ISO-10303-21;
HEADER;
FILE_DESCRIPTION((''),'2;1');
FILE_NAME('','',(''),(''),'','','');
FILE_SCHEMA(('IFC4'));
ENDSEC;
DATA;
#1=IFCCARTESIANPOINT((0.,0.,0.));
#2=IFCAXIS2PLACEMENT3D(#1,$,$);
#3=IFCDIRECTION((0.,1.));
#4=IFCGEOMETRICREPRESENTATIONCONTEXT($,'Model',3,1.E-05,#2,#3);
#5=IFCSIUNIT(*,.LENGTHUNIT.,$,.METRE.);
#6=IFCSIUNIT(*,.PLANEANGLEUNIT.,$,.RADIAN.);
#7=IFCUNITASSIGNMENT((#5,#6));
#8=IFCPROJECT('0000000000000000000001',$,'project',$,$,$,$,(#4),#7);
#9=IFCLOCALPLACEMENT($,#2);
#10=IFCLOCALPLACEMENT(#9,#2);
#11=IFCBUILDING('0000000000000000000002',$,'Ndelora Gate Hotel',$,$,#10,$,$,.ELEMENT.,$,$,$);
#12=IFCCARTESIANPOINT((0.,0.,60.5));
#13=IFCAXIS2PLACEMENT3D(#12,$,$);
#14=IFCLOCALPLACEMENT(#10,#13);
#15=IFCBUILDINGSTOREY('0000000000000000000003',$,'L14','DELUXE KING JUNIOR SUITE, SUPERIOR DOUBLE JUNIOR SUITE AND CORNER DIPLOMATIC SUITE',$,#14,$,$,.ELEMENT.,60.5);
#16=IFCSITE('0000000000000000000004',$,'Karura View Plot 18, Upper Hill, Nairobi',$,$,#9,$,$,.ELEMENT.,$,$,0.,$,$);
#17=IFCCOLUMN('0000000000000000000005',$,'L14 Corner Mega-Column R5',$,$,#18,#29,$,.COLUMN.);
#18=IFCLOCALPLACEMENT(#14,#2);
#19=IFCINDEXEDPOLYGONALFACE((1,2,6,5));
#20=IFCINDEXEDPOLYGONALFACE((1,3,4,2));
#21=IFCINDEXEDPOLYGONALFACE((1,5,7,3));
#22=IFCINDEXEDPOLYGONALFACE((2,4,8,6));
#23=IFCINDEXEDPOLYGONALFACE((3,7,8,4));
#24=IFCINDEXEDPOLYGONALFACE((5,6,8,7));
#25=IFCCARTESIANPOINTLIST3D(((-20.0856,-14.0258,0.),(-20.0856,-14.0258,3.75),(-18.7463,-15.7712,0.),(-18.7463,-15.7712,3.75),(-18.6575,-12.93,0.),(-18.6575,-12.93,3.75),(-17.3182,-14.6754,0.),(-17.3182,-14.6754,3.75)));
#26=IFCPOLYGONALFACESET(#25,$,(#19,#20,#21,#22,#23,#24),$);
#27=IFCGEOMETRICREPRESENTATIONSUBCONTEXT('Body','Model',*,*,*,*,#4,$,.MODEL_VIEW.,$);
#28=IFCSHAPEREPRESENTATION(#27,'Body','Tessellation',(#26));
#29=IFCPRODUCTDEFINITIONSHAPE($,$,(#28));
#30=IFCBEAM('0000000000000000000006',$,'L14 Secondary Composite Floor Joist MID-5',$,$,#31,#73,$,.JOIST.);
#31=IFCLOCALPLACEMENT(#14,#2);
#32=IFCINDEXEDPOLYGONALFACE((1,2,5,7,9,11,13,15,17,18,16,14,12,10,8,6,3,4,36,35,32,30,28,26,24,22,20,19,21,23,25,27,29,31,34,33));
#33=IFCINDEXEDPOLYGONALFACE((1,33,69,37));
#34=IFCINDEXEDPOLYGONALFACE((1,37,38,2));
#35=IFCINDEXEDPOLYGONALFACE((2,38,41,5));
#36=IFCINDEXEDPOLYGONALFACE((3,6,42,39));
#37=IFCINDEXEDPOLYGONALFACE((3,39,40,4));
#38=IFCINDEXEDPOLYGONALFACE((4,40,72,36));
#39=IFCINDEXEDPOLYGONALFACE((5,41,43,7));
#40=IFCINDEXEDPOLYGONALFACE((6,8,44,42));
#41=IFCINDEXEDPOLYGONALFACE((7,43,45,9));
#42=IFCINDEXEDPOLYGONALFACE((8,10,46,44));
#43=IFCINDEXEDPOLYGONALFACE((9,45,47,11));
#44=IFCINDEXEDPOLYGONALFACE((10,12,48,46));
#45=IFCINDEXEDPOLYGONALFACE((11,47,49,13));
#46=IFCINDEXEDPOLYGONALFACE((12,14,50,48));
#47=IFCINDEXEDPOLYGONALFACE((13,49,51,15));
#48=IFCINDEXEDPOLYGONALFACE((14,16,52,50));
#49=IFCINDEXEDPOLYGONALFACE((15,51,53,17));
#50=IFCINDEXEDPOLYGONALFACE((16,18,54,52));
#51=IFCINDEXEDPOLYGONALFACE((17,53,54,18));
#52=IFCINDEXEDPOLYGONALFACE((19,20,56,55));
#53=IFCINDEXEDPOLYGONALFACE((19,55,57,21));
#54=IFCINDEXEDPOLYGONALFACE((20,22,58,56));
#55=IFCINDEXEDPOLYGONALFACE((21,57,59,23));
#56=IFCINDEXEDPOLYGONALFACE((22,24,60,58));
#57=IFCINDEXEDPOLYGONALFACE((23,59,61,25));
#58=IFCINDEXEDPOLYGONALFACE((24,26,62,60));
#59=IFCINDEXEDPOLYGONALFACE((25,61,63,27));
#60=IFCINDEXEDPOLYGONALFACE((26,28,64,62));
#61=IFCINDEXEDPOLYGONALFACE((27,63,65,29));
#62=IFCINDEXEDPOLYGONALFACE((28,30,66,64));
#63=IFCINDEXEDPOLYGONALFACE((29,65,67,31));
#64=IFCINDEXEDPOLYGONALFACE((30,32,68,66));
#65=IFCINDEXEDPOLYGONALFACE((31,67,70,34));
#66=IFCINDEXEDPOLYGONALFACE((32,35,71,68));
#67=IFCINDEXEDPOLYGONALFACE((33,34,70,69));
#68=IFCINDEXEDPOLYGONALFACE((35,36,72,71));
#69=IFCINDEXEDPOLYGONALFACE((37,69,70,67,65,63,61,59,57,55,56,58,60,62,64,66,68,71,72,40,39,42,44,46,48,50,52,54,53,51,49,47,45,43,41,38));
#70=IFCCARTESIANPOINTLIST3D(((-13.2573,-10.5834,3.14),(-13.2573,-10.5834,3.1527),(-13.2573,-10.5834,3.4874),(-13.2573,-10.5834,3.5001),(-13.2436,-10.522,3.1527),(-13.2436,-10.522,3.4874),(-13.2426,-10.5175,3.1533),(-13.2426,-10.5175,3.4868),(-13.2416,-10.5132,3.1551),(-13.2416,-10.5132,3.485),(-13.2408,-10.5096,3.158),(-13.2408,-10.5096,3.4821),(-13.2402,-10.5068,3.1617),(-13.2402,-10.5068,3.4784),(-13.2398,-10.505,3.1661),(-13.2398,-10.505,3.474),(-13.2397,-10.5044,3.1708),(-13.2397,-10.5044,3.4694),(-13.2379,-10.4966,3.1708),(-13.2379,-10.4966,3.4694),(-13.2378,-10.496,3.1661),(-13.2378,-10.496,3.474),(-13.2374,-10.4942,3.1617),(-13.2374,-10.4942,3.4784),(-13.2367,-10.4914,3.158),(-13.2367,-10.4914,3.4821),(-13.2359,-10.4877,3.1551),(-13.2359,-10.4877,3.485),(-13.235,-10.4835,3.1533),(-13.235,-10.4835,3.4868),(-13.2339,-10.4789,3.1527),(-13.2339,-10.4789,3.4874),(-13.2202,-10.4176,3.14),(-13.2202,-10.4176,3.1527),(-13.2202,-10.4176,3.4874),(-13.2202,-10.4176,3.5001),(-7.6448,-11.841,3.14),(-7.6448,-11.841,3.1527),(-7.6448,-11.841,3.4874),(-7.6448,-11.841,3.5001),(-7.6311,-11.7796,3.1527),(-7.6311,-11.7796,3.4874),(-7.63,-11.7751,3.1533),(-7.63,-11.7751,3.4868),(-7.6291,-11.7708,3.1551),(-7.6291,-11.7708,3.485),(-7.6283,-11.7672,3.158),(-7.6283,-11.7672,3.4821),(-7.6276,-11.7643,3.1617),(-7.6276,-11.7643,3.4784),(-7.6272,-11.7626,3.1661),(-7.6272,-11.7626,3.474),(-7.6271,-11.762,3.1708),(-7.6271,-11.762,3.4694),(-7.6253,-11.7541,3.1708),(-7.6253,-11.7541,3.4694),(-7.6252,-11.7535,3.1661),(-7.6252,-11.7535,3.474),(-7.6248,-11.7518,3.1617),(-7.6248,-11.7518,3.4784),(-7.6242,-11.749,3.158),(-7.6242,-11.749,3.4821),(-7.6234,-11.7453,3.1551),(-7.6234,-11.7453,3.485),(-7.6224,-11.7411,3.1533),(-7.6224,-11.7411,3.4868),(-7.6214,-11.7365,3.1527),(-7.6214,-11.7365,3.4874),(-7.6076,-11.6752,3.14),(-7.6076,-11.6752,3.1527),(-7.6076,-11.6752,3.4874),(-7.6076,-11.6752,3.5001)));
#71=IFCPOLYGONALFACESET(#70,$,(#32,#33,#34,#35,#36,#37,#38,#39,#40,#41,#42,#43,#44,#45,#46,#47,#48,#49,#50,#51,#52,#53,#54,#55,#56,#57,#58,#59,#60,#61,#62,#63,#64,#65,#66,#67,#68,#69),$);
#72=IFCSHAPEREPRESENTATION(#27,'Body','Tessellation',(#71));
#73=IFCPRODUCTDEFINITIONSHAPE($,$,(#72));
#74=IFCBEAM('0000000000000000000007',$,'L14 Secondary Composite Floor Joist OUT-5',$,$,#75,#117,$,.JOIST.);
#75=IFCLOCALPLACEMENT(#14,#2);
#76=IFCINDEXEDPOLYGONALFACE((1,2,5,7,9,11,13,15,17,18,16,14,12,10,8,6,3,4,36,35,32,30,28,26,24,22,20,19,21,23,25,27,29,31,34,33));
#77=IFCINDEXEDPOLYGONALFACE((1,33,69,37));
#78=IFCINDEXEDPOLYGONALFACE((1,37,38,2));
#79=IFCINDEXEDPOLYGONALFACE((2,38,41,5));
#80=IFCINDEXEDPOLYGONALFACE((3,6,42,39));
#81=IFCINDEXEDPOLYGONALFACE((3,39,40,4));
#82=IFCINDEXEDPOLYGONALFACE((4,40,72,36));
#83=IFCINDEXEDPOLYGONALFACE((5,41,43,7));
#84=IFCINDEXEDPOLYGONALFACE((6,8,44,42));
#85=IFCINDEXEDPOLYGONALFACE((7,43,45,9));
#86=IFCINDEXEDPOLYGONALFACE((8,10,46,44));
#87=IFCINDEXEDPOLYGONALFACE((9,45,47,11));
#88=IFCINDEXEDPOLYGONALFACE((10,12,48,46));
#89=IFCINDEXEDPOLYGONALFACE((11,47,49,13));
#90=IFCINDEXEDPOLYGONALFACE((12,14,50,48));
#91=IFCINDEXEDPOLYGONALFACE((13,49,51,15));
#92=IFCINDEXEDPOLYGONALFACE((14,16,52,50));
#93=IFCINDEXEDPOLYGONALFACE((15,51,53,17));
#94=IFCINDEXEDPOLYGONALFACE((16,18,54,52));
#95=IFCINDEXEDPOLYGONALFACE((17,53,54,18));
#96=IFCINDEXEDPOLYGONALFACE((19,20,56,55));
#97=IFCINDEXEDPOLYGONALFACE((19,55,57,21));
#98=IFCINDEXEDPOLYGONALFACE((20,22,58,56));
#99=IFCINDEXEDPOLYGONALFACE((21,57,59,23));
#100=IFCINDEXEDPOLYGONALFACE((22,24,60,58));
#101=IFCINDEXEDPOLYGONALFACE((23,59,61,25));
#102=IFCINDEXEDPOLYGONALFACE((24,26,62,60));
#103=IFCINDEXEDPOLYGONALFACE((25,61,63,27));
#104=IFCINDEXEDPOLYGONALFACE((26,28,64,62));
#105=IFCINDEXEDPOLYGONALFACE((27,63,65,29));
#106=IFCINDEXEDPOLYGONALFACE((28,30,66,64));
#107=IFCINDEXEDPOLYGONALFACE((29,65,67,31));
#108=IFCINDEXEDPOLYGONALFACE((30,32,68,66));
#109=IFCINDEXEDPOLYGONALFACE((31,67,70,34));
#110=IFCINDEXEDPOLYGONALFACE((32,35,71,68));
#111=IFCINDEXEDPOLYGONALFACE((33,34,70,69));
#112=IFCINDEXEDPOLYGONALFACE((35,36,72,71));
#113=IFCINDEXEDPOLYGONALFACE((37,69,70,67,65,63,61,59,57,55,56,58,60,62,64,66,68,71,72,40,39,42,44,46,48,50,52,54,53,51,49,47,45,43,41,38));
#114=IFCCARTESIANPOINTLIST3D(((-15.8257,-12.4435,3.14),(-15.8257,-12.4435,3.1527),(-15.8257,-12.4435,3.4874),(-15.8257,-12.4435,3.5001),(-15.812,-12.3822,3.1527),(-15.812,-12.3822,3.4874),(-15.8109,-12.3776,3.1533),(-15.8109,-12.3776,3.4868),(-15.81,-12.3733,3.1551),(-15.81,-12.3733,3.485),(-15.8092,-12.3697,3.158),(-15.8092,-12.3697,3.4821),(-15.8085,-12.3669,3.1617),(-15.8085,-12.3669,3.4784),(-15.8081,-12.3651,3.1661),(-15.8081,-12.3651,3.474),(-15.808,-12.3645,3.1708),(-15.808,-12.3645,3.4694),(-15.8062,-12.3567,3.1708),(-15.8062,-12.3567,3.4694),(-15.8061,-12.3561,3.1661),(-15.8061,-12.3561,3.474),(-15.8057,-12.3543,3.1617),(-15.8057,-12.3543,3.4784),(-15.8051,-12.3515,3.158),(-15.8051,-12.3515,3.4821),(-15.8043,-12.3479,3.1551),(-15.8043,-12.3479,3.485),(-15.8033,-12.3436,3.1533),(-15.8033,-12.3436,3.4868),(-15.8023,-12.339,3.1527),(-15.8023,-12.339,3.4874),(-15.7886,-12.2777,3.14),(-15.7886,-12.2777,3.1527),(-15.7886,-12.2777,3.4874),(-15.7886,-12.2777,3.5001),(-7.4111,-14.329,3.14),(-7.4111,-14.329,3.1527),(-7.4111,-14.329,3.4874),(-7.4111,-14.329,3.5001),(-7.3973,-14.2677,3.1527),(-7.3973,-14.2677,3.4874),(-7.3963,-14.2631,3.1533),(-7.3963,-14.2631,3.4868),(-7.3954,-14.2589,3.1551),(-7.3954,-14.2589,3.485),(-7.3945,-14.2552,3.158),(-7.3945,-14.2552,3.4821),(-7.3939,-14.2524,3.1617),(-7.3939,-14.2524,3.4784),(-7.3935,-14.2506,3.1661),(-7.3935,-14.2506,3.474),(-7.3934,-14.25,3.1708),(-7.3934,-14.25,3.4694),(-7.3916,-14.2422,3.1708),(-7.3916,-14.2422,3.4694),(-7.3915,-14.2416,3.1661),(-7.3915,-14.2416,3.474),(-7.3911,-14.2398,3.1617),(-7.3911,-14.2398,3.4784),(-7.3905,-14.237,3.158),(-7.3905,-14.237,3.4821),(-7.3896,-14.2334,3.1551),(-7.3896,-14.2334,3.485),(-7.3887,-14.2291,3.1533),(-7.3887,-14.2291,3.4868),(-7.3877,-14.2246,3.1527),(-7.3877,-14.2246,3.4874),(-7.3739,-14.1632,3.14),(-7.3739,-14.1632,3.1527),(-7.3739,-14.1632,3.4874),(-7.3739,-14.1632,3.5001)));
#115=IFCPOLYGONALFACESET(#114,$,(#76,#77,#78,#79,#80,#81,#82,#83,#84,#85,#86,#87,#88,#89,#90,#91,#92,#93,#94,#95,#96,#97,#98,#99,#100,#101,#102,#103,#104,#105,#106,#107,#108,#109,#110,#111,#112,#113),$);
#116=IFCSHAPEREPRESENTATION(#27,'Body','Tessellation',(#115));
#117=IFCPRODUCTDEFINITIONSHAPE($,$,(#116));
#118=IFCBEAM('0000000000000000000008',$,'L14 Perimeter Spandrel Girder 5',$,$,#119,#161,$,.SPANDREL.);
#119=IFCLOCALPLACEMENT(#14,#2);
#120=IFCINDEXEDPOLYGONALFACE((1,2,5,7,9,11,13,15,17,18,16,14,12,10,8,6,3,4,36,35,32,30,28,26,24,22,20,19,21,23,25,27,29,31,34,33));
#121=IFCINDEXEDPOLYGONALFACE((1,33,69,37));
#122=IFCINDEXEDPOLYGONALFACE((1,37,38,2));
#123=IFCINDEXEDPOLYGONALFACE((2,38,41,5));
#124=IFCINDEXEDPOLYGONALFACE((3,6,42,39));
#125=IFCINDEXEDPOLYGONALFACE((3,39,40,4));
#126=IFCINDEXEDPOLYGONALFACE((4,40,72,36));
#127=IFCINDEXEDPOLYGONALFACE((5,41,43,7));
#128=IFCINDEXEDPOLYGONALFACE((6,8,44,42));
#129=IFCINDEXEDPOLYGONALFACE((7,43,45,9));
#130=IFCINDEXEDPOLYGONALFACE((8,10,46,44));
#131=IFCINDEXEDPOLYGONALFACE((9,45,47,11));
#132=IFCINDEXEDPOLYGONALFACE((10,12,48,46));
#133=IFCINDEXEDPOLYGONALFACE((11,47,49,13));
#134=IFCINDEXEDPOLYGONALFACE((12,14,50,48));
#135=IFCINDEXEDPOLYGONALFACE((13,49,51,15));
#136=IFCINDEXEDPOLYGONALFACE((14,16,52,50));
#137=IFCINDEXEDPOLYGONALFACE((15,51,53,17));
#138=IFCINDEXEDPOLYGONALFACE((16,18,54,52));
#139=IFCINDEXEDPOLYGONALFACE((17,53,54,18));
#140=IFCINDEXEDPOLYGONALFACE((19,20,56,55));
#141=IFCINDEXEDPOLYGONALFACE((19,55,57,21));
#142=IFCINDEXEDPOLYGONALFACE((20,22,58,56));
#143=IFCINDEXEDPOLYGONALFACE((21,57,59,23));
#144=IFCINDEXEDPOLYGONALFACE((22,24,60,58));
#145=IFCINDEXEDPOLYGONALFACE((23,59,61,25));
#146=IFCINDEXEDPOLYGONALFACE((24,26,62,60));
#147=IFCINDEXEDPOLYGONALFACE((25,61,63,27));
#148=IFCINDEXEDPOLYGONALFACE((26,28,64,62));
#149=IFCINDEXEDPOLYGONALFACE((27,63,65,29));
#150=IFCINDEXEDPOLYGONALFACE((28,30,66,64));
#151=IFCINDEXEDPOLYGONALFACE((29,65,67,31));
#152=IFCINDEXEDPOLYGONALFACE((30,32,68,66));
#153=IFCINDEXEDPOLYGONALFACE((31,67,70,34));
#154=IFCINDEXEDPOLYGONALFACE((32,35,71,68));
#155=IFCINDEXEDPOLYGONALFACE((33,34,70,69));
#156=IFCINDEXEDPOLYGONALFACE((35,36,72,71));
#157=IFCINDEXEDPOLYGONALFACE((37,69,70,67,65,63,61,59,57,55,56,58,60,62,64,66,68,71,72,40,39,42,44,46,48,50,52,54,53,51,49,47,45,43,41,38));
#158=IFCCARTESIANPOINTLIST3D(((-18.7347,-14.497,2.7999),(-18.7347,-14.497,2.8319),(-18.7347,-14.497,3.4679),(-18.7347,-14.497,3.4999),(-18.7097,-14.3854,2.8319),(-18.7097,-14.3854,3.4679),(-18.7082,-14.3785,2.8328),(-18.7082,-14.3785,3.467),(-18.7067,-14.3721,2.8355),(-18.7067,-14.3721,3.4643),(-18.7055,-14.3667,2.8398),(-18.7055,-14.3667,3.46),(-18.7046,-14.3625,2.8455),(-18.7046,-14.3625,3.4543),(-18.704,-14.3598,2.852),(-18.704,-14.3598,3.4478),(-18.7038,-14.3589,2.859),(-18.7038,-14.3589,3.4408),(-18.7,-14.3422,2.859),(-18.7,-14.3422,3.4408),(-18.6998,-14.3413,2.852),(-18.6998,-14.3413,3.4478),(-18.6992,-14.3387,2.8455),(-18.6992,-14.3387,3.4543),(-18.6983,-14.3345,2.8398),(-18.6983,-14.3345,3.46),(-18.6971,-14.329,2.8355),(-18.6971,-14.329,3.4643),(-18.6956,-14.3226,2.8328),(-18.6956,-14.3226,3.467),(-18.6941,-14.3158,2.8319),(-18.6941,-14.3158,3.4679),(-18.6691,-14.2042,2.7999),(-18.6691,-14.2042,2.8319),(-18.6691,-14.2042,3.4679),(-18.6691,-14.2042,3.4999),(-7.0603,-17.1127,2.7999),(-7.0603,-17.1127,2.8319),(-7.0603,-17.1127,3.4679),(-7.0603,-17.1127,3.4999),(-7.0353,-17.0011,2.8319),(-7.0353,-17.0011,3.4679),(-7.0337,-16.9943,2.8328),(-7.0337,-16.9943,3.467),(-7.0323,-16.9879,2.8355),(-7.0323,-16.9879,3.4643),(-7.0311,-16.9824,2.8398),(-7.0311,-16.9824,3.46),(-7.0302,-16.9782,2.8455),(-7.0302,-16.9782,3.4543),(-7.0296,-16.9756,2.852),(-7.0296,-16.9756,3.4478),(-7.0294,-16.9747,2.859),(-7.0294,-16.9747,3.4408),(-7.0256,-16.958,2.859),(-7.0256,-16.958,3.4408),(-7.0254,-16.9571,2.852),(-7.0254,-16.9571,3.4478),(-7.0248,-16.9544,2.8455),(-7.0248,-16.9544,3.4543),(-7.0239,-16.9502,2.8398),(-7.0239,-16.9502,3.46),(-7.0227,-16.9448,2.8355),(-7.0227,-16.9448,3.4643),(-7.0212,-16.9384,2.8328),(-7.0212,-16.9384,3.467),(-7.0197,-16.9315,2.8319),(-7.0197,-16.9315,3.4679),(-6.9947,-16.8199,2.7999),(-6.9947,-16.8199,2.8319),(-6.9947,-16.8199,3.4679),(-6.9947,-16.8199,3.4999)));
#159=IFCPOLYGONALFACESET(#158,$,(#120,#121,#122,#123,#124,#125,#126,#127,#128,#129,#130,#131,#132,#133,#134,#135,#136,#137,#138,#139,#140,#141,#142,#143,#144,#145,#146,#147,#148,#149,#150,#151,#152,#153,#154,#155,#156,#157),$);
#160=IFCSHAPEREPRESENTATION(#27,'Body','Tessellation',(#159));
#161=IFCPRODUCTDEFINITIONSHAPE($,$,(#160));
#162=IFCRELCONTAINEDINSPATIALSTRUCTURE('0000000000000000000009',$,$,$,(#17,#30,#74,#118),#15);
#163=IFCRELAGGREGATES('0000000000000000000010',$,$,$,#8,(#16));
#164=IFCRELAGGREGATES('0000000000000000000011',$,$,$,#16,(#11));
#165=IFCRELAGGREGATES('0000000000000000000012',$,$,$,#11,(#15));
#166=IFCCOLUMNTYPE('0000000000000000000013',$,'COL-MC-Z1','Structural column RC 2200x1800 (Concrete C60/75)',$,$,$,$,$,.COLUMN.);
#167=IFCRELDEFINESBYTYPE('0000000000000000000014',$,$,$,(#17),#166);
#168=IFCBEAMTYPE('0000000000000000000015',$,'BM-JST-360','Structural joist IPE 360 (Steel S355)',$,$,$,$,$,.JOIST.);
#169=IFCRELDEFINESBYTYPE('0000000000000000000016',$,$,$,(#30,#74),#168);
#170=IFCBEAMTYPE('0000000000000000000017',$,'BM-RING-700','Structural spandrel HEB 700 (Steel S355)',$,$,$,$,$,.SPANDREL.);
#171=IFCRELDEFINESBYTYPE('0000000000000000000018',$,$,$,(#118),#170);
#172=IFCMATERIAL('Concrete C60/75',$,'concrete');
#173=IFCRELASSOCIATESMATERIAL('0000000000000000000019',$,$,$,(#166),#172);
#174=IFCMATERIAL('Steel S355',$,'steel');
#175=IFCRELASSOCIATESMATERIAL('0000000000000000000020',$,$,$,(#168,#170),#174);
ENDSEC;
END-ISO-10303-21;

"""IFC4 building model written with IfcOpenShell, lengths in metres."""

from ifc_helpers import new_model, si_unit, direction, frame, origin, origin_2d, place, context, subcontext, project, spatial, rectangle, i_section, extrude, material, material_profile, profile_set, type_object, element, save


model = new_model("IFC4")

# Units and contexts
model_context = context("Model", 3, precision=1e-05, world=origin(), true_north=direction((0.0, 1.0)))
body_context = subcontext(model_context, "Body", "Model", "MODEL_VIEW")
ifc_project = project(units=[si_unit("LENGTHUNIT", "METRE"), si_unit("PLANEANGLEUNIT", "RADIAN")], contexts=[model_context])

# Site, building, storey
site_placement = place(None, origin())
site = spatial("IfcSite", under=ifc_project, at=site_placement, Name="Karura View Plot 18, Upper Hill, Nairobi", CompositionType="ELEMENT", RefElevation=0.0)
building_placement = place(site_placement, origin())
building = spatial("IfcBuilding", under=site, at=building_placement, Name="Ndelora Gate Hotel", CompositionType="ELEMENT")
storey_placement = place(building_placement, frame((0.0, 0.0, 60.5)))
storey = spatial("IfcBuildingStorey", under=building, at=storey_placement, Name="L14", Description="DELUXE KING JUNIOR SUITE, SUPERIOR DOUBLE JUNIOR SUITE AND CORNER DIPLOMATIC SUITE", CompositionType="ELEMENT", Elevation=60.5)

# Column
ifc_material_1 = material(Name="Concrete C60/75", Category="concrete")
ifc_material_profile_1 = material_profile(ifc_material_1, rectangle(XDim=1.8, YDim=2.2, at=origin_2d()), Name="RC 2200x1800")
ifc_profile_set_1 = profile_set([ifc_material_profile_1], Name="Concrete C60/75")
column_type = type_object("IfcColumnType", Name="COL-MC-Z1", Description="Structural column RC 2200x1800 (Concrete C60/75)", PredefinedType="COLUMN", material=ifc_profile_set_1)
column_placement = place(storey_placement, frame((-18.7019, -14.3506, 0.0), z_axis=(0.0, 0.0, 1.0), x_axis=(0.793353, 0.608761, 0.0)))
element("IfcColumn", 1, at=column_placement, inside=storey, type_object=column_type, Name="L14 Corner Mega-Column R5", PredefinedType="COLUMN", context=body_context, shape_type="SweptSolid", body=[
    extrude(rectangle(XDim=1.8, YDim=2.2, at=origin_2d()), origin(), (0.0, 0.0, 1.0), 3.75),
])

# Beams
ifc_material_2 = material(Name="Steel S355", Category="steel")
ifc_material_profile_2 = material_profile(ifc_material_2, i_section(OverallWidth=0.1699, OverallDepth=0.3601, WebThickness=0.0081, FlangeThickness=0.0127, FilletRadius=0.0181, at=origin_2d()), Name="IPE 360")
ifc_profile_set_2 = profile_set([ifc_material_profile_2], Name="Steel S355")
beam_type_1 = type_object("IfcBeamType", Name="BM-JST-360", Description="Structural joist IPE 360 (Steel S355)", PredefinedType="JOIST", material=ifc_profile_set_2)
beam_1_placement = place(storey_placement, frame((-13.2388, -10.5005, 3.3201), z_axis=(0.975805, -0.218642, 0.0), x_axis=(0.218642, 0.975805, 0.0)))
element("IfcBeam", 2, at=beam_1_placement, inside=storey, type_object=beam_type_1, Name="L14 Secondary Composite Floor Joist MID-5", PredefinedType="JOIST", context=body_context, shape_type="SweptSolid", body=[
    extrude(i_section(OverallWidth=0.1699, OverallDepth=0.3601, WebThickness=0.0081, FlangeThickness=0.0127, FilletRadius=0.0181, at=origin_2d()), origin(), (0.0, 0.0, 1.0), 5.7517),
])
beam_2_placement = place(storey_placement, frame((-15.8071, -12.3606, 3.3201), z_axis=(0.975802, -0.218654, 0.0), x_axis=(0.218654, 0.975802, 0.0)))
element("IfcBeam", 3, at=beam_2_placement, inside=storey, type_object=beam_type_1, Name="L14 Secondary Composite Floor Joist OUT-5", PredefinedType="JOIST", context=body_context, shape_type="SweptSolid", body=[
    extrude(i_section(OverallWidth=0.1699, OverallDepth=0.3601, WebThickness=0.0081, FlangeThickness=0.0127, FilletRadius=0.0181, at=origin_2d()), origin(), (0.0, 0.0, 1.0), 8.6233),
])
ifc_material_profile_3 = material_profile(ifc_material_2, i_section(OverallWidth=0.3, OverallDepth=0.7, WebThickness=0.0171, FlangeThickness=0.032, FilletRadius=0.0271, at=origin_2d()), Name="HEB 700")
ifc_profile_set_3 = profile_set([ifc_material_profile_3], Name="Steel S355")
beam_type_2 = type_object("IfcBeamType", Name="BM-RING-700", Description="Structural spandrel HEB 700 (Steel S355)", PredefinedType="SPANDREL", material=ifc_profile_set_3)
beam_3_placement = place(storey_placement, frame((-18.7019, -14.3506, 3.1499), z_axis=(0.975806, -0.218637, 0.0), x_axis=(0.218637, 0.975806, 0.0)))
element("IfcBeam", 4, at=beam_3_placement, inside=storey, type_object=beam_type_2, Name="L14 Perimeter Spandrel Girder 5", PredefinedType="SPANDREL", context=body_context, shape_type="SweptSolid", body=[
    extrude(i_section(OverallWidth=0.3, OverallDepth=0.7, WebThickness=0.0171, FlangeThickness=0.032, FilletRadius=0.0271, at=origin_2d()), origin(), (0.0, 0.0, 1.0), 11.9639),
])

save(model, "model.ifc")
